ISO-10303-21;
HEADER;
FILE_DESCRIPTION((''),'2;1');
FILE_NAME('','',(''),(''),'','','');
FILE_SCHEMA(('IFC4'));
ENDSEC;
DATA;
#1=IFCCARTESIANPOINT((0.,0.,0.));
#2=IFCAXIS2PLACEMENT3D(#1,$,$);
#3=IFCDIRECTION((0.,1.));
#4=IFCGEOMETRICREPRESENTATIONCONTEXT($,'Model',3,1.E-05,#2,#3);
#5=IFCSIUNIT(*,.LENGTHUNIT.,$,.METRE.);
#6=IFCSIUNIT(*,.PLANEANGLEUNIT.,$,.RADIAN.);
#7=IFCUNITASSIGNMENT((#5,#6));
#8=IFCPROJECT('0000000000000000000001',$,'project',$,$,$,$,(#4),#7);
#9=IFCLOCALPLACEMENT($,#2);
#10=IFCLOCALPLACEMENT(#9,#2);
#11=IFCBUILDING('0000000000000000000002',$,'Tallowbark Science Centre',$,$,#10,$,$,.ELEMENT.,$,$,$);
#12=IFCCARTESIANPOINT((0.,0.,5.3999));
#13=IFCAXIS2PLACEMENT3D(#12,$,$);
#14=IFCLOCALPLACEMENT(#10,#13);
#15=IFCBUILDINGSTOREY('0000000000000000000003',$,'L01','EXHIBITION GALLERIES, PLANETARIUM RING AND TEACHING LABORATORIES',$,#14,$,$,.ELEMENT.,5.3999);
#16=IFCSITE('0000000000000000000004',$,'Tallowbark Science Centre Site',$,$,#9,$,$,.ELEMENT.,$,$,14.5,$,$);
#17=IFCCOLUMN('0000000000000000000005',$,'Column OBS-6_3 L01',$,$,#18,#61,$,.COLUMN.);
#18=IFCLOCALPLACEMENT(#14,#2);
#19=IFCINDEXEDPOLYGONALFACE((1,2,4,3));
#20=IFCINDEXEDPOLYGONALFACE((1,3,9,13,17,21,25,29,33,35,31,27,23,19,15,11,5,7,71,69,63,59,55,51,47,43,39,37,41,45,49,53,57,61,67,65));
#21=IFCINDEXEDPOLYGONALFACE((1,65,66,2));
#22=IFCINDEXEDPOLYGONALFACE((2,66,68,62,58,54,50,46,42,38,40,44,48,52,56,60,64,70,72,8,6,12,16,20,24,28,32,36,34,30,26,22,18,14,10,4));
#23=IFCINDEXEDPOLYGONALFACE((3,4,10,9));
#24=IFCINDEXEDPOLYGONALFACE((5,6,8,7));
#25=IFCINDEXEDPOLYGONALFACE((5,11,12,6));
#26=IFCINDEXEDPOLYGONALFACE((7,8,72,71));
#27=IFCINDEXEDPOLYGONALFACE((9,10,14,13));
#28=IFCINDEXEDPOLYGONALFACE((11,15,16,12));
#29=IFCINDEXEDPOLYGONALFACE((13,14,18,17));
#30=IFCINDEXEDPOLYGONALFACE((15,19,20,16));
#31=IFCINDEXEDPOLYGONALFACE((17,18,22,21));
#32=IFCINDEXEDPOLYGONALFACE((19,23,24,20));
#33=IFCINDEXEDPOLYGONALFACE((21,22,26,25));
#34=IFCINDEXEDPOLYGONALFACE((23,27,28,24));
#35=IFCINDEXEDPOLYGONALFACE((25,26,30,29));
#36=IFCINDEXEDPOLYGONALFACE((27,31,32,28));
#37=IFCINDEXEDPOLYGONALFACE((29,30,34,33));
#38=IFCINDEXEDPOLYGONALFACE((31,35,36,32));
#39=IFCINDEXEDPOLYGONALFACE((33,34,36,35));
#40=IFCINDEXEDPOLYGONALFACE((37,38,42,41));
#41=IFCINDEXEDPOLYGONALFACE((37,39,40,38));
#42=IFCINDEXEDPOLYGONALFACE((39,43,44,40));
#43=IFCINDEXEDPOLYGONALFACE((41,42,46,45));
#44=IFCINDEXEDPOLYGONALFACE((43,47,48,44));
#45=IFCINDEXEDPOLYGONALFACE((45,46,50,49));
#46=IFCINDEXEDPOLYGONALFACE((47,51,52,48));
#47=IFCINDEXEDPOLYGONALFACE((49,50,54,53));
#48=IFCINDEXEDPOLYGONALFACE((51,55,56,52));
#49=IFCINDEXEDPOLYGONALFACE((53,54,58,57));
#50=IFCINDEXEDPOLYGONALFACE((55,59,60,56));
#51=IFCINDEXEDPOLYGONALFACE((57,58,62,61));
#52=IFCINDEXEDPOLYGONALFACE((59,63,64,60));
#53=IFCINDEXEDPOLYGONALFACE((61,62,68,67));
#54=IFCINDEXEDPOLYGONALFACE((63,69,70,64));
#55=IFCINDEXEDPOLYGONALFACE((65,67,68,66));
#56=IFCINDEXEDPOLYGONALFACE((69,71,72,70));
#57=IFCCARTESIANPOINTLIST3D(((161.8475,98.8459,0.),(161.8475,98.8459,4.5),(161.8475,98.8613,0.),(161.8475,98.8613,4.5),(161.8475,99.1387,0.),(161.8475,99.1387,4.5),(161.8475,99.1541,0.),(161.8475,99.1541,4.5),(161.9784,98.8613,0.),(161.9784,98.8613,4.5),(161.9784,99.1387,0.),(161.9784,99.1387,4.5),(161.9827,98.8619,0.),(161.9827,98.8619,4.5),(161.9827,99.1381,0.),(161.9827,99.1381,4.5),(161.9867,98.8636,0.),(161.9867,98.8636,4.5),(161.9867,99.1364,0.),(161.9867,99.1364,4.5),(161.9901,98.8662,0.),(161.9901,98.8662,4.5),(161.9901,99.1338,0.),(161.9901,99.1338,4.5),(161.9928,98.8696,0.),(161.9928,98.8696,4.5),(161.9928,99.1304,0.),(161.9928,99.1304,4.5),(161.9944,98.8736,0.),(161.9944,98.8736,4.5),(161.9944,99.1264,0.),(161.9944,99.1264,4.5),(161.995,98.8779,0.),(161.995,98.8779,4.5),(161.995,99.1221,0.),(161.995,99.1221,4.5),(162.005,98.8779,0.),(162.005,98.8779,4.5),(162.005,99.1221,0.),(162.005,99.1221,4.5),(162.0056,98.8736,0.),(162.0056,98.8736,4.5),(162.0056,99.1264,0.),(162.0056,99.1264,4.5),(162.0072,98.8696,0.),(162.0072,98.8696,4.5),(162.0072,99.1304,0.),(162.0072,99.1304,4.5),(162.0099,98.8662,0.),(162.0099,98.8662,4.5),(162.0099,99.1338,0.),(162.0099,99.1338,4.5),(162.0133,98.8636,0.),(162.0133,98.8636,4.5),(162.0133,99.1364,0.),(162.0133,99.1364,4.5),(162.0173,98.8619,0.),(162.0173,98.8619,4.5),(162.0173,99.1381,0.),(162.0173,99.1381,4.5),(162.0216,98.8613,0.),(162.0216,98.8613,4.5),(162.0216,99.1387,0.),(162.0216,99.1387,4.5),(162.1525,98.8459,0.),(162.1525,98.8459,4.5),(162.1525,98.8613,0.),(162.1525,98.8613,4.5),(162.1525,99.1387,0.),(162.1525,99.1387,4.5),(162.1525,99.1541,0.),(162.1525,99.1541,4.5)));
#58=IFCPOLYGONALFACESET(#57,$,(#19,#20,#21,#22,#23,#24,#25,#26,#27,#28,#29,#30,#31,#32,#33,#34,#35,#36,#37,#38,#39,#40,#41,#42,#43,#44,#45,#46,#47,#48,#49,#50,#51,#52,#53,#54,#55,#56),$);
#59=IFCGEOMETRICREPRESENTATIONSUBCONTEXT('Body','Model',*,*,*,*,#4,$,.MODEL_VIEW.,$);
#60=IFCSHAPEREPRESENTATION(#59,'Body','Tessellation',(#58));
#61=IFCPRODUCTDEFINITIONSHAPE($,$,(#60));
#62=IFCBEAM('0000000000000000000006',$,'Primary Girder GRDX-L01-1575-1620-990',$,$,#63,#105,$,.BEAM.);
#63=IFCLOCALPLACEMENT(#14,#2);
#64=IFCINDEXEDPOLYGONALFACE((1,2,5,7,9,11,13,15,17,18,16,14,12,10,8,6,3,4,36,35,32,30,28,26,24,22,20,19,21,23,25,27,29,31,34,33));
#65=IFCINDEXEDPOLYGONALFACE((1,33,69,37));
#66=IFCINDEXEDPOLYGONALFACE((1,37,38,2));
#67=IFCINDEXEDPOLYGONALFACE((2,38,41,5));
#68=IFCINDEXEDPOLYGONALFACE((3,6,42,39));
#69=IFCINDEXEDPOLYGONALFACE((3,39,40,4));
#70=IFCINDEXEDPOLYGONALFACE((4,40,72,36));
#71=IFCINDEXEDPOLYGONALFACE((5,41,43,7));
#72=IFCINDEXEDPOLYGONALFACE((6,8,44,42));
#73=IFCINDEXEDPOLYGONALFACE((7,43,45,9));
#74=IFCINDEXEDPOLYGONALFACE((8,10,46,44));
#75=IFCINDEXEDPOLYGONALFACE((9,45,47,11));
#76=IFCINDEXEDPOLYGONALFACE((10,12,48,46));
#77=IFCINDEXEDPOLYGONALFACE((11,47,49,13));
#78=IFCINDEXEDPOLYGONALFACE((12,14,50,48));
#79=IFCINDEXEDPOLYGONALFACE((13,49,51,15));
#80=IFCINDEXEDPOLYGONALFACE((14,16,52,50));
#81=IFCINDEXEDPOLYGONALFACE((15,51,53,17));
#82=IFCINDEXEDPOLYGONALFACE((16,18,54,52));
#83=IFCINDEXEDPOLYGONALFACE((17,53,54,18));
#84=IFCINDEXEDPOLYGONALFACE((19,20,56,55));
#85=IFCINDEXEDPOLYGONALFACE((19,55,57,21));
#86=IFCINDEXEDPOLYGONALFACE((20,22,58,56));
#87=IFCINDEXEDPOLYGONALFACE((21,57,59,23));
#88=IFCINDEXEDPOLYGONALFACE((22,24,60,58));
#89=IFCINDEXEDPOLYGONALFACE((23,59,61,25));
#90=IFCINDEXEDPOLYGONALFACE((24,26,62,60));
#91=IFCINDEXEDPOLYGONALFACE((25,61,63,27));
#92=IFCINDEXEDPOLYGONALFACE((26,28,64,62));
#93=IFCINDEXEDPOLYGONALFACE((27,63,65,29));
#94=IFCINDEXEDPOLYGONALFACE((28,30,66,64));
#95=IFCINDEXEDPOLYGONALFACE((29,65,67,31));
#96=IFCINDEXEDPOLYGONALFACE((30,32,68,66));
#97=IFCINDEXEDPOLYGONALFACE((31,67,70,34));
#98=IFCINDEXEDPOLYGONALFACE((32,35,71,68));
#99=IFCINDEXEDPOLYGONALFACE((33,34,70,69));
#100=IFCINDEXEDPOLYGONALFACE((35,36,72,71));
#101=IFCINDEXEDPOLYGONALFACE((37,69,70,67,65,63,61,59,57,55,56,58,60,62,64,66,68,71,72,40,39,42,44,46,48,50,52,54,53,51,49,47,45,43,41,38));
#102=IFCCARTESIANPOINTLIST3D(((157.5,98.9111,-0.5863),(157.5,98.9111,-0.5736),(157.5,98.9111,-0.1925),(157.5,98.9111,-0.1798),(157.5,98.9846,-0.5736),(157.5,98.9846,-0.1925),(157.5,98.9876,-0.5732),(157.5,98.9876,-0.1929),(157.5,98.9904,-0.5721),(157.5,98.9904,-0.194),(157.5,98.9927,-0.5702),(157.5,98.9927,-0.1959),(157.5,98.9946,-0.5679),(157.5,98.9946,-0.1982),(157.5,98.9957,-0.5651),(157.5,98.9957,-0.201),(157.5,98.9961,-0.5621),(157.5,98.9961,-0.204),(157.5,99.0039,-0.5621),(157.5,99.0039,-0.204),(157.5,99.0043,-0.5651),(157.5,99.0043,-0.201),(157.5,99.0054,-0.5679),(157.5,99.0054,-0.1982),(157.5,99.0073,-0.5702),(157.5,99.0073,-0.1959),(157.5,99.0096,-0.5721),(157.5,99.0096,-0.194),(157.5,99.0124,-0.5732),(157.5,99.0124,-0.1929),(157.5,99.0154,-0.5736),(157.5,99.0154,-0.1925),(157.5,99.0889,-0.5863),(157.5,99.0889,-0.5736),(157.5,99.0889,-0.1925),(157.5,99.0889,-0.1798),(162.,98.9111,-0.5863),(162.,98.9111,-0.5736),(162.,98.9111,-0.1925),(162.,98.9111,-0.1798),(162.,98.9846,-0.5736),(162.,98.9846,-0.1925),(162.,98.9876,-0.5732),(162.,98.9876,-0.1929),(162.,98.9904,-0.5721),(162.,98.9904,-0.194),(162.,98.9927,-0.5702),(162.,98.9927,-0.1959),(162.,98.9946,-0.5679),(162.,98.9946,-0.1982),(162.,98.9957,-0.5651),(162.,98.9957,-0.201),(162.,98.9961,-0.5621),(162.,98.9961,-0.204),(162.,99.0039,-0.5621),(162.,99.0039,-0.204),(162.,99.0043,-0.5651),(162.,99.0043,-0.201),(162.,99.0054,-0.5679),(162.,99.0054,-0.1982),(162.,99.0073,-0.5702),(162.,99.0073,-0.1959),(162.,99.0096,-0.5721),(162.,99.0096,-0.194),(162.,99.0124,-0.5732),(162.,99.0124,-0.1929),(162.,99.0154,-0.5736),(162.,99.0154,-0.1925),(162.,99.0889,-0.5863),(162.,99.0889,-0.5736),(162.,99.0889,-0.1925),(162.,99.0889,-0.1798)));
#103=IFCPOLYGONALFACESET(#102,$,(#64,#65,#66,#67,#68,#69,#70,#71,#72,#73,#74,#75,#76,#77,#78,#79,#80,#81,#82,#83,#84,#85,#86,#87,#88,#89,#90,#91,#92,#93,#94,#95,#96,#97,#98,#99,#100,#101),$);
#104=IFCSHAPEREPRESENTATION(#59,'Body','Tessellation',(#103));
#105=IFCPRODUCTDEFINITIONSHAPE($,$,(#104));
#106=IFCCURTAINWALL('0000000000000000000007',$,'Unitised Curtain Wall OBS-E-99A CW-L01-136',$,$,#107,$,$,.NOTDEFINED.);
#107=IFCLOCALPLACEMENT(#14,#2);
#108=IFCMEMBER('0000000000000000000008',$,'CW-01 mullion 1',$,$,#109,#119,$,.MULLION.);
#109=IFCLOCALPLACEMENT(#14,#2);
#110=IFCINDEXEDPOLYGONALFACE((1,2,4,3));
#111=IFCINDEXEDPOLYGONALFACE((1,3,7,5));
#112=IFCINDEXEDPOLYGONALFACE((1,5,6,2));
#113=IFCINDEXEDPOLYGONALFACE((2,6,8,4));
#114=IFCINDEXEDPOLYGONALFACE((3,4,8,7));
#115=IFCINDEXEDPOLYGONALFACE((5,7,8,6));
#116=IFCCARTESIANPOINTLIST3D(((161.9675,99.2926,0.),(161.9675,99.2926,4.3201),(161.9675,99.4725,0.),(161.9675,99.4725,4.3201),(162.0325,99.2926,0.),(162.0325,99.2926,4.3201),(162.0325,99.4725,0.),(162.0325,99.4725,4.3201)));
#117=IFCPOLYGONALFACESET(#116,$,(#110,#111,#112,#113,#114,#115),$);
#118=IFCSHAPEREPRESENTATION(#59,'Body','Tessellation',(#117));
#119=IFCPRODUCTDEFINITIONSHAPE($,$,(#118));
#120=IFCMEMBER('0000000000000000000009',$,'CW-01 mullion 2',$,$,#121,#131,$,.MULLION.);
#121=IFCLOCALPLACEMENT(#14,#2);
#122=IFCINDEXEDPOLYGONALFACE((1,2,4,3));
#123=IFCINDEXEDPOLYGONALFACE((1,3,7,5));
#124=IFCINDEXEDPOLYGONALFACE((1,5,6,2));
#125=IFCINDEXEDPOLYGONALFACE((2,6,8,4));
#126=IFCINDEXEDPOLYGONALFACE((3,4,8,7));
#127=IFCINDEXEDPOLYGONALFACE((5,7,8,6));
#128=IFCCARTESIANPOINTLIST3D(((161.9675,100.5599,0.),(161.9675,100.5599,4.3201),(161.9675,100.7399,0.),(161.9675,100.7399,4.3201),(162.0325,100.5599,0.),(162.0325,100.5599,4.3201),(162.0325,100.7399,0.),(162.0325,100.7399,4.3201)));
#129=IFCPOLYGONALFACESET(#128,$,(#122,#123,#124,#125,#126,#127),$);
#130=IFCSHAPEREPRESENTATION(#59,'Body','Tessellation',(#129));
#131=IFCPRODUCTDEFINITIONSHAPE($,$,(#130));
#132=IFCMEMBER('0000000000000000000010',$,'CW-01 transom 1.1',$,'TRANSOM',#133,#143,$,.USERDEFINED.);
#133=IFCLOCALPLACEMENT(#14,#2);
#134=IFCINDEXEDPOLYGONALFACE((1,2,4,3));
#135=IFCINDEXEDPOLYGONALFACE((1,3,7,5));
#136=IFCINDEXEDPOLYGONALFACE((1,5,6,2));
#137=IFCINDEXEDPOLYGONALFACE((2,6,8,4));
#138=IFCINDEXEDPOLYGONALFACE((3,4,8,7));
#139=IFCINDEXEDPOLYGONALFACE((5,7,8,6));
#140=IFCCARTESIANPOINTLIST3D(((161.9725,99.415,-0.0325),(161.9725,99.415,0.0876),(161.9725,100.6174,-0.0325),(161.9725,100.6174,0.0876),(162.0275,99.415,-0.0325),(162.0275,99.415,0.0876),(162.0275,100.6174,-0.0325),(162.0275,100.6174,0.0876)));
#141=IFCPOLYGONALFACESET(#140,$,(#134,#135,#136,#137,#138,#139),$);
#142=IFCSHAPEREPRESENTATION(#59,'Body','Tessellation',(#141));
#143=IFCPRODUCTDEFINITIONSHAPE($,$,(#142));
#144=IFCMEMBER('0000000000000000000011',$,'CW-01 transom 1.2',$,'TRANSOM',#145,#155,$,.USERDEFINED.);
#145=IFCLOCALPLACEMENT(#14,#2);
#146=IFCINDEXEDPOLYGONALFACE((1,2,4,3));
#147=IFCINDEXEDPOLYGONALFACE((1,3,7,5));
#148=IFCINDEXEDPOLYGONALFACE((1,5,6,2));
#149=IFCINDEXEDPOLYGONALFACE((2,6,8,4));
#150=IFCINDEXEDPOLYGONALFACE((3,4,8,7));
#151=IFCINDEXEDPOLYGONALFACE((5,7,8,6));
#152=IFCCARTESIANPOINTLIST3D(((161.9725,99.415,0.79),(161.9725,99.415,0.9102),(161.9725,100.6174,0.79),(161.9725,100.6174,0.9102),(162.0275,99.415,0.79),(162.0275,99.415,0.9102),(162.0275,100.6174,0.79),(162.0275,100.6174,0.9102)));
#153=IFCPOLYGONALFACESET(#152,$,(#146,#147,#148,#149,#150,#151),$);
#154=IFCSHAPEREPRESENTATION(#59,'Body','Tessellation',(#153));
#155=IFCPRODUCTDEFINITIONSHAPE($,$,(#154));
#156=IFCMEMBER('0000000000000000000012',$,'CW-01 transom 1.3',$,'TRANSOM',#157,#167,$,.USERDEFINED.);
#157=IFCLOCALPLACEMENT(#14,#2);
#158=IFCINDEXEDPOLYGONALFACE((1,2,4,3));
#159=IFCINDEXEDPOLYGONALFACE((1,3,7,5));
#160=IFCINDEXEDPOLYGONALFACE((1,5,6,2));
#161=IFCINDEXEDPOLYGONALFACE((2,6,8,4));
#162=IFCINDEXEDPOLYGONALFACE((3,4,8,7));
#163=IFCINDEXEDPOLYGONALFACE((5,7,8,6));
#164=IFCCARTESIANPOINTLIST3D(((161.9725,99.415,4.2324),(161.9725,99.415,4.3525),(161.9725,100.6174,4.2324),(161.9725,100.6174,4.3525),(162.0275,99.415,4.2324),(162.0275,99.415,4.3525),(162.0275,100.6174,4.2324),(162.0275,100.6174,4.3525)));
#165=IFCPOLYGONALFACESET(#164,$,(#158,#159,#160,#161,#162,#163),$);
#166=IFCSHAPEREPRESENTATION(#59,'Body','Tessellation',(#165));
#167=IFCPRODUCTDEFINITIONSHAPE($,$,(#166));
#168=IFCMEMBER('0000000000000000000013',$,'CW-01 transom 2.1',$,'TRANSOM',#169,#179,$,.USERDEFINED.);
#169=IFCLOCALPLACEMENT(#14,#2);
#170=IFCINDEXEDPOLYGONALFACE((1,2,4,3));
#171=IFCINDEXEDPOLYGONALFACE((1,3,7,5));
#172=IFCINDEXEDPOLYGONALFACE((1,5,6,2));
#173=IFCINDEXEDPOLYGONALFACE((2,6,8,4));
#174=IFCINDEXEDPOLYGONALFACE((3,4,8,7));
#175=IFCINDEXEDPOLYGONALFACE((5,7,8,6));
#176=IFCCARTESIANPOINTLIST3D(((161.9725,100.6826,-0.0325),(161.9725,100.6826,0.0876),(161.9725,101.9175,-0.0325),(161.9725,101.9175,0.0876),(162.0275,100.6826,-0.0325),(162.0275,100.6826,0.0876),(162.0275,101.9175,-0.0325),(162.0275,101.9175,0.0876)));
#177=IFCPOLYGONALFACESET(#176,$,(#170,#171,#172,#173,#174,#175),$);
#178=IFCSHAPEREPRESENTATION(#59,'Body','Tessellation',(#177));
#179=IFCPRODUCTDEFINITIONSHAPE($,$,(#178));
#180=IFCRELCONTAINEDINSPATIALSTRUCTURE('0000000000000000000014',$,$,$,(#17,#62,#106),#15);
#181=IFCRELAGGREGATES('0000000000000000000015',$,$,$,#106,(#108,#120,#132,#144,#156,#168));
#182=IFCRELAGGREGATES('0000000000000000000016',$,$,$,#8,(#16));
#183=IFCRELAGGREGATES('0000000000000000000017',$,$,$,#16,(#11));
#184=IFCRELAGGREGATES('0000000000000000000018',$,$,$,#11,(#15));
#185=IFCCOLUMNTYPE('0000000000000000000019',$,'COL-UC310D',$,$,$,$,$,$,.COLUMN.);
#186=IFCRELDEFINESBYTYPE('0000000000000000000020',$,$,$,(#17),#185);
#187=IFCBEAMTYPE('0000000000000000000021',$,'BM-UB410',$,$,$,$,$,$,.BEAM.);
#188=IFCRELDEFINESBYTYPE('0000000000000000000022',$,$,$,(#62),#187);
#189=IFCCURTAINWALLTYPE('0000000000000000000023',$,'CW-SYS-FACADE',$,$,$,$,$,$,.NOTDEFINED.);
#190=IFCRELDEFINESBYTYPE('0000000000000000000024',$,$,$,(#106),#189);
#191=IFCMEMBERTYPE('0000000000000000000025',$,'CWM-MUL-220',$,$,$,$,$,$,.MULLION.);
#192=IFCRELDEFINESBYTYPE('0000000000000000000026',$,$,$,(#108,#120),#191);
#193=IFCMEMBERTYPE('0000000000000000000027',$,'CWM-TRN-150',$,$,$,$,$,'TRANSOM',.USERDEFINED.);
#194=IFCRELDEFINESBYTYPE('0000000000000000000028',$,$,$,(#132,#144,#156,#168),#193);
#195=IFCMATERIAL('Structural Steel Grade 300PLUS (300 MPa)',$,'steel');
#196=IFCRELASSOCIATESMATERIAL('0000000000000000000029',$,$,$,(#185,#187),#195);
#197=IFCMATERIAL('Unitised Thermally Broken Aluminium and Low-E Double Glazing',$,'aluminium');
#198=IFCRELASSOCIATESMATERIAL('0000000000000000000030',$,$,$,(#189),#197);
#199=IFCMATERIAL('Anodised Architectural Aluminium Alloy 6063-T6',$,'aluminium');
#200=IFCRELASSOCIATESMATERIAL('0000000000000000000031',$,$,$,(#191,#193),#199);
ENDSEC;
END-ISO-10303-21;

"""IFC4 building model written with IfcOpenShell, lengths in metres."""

from ifc_helpers import new_model, si_unit, direction, frame, origin, origin_2d, place, context, subcontext, project, spatial, rectangle, i_section, extrude, material, material_profile, profile_set, type_object, element, aggregate, save


model = new_model("IFC4")

# Units and contexts
model_context = context("Model", 3, precision=1e-05, world=origin(), true_north=direction((0.0, 1.0)))
body_context = subcontext(model_context, "Body", "Model", "MODEL_VIEW")
ifc_project = project(units=[si_unit("LENGTHUNIT", "METRE"), si_unit("PLANEANGLEUNIT", "RADIAN")], contexts=[model_context])

# Site, building, storey
site_placement = place(None, origin())
site = spatial("IfcSite", under=ifc_project, at=site_placement, Name="Tallowbark Science Centre Site", CompositionType="ELEMENT", RefElevation=14.5)
building_placement = place(site_placement, origin())
building = spatial("IfcBuilding", under=site, at=building_placement, Name="Tallowbark Science Centre", CompositionType="ELEMENT")
storey_placement = place(building_placement, frame((0.0, 0.0, 5.3999)))
storey = spatial("IfcBuildingStorey", under=building, at=storey_placement, Name="L01", Description="EXHIBITION GALLERIES, PLANETARIUM RING AND TEACHING LABORATORIES", CompositionType="ELEMENT", Elevation=5.3999)

# Column
ifc_material_1 = material(Name="Structural Steel Grade 300PLUS (300 MPa)", Category="steel")
ifc_material_profile_1 = material_profile(ifc_material_1, i_section(OverallWidth=0.3049, OverallDepth=0.3081, WebThickness=0.01, FlangeThickness=0.0154, FilletRadius=0.0166, at=origin_2d()), Name="310UC96.8")
ifc_profile_set_1 = profile_set([ifc_material_profile_1], Name="Structural Steel Grade 300PLUS (300 MPa)")
column_type = type_object("IfcColumnType", Name="COL-UC310D", PredefinedType="COLUMN", material=ifc_profile_set_1)
column_placement = place(storey_placement, frame((162.0, 99.0, 0.0), z_axis=(0.0, 0.0, 1.0), x_axis=(1.0, 0.0, 0.0)))
element("IfcColumn", 1, at=column_placement, inside=storey, type_object=column_type, Name="Column OBS-6_3 L01", PredefinedType="COLUMN", context=body_context, shape_type="SweptSolid", body=[
    extrude(i_section(OverallWidth=0.3049, OverallDepth=0.3081, WebThickness=0.01, FlangeThickness=0.0154, FilletRadius=0.0166, at=origin_2d()), origin(), (0.0, 0.0, 1.0), 4.5),
])

# Beam
ifc_material_profile_2 = material_profile(ifc_material_1, i_section(OverallWidth=0.1777, OverallDepth=0.4065, WebThickness=0.0078, FlangeThickness=0.0127, FilletRadius=0.0115, at=origin_2d()), Name="410UB59.7")
ifc_profile_set_2 = profile_set([ifc_material_profile_2], Name="Structural Steel Grade 300PLUS (300 MPa)")
beam_type_1 = type_object("IfcBeamType", Name="BM-UB410", PredefinedType="BEAM", material=ifc_profile_set_2)
beam_placement = place(storey_placement, frame((157.5, 99.0, -0.3831), z_axis=(1.0, 0.0, 0.0), x_axis=(0.0, 1.0, 0.0)))
element("IfcBeam", 2, at=beam_placement, inside=storey, type_object=beam_type_1, Name="Primary Girder GRDX-L01-1575-1620-990", PredefinedType="BEAM", context=body_context, shape_type="SweptSolid", body=[
    extrude(i_section(OverallWidth=0.1777, OverallDepth=0.4065, WebThickness=0.0078, FlangeThickness=0.0127, FilletRadius=0.0115, at=origin_2d()), origin(), (0.0, 0.0, 1.0), 4.5),
])

# Curtain wall, members
ifc_material_2 = material(Name="Unitised Thermally Broken Aluminium and Low-E Double Glazing", Category="aluminium")
curtain_wall_type = type_object("IfcCurtainWallType", Name="CW-SYS-FACADE", PredefinedType="NOTDEFINED", material=ifc_material_2)
curtain_wall_placement = place(storey_placement, origin())
curtain_wall = element("IfcCurtainWall", 3, at=curtain_wall_placement, inside=storey, type_object=curtain_wall_type, Name="Unitised Curtain Wall OBS-E-99A CW-L01-136", PredefinedType="NOTDEFINED")
ifc_material_3 = material(Name="Anodised Architectural Aluminium Alloy 6063-T6", Category="aluminium")
ifc_material_profile_3 = material_profile(ifc_material_3, rectangle(XDim=0.0649, YDim=0.1799, at=origin_2d()), Name="ALU65x180")
ifc_profile_set_3 = profile_set([ifc_material_profile_3], Name="Anodised Architectural Aluminium Alloy 6063-T6")
member_type_1 = type_object("IfcMemberType", Name="CWM-MUL-220", PredefinedType="MULLION", material=ifc_profile_set_3)
member_1_placement = place(storey_placement, frame((162.0, 99.3826, 0.0), z_axis=(0.0, 0.0, 1.0), x_axis=(-1.0, 0.0, 0.0)))
member_1 = element("IfcMember", 4, at=member_1_placement, type_object=member_type_1, Name="CW-01 mullion 1", PredefinedType="MULLION", context=body_context, shape_type="SweptSolid", body=[
    extrude(rectangle(XDim=0.0649, YDim=0.1799, at=origin_2d()), origin(), (0.0, 0.0, 1.0), 4.3201),
])
member_2_placement = place(storey_placement, frame((162.0, 100.6499, 0.0), z_axis=(0.0, 0.0, 1.0), x_axis=(-1.0, 0.0, 0.0)))
member_2 = element("IfcMember", 5, at=member_2_placement, type_object=member_type_1, Name="CW-01 mullion 2", PredefinedType="MULLION", context=body_context, shape_type="SweptSolid", body=[
    extrude(rectangle(XDim=0.0649, YDim=0.1799, at=origin_2d()), origin(), (0.0, 0.0, 1.0), 4.3201),
])
ifc_material_profile_4 = material_profile(ifc_material_3, rectangle(XDim=0.0549, YDim=0.1201, at=origin_2d()), Name="ALU55x120")
ifc_profile_set_4 = profile_set([ifc_material_profile_4], Name="Anodised Architectural Aluminium Alloy 6063-T6")
member_type_2 = type_object("IfcMemberType", Name="CWM-TRN-150", ElementType="TRANSOM", PredefinedType="USERDEFINED", material=ifc_profile_set_4)
member_3_placement = place(storey_placement, frame((162.0, 99.415, 0.0276), z_axis=(0.0, 1.0, 0.0), x_axis=(-1.0, 0.0, 0.0)))
member_3 = element("IfcMember", 6, at=member_3_placement, type_object=member_type_2, Name="CW-01 transom 1.1", ObjectType="TRANSOM", PredefinedType="USERDEFINED", context=body_context, shape_type="SweptSolid", body=[
    extrude(rectangle(XDim=0.0549, YDim=0.1201, at=origin_2d()), origin(), (0.0, 0.0, 1.0), 1.2024),
])
member_4_placement = place(storey_placement, frame((162.0, 99.415, 0.8501), z_axis=(0.0, 1.0, 0.0), x_axis=(-1.0, 0.0, 0.0)))
member_4 = element("IfcMember", 7, at=member_4_placement, type_object=member_type_2, Name="CW-01 transom 1.2", ObjectType="TRANSOM", PredefinedType="USERDEFINED", context=body_context, shape_type="SweptSolid", body=[
    extrude(rectangle(XDim=0.0549, YDim=0.1201, at=origin_2d()), origin(), (0.0, 0.0, 1.0), 1.2024),
])
member_5_placement = place(storey_placement, frame((162.0, 99.415, 4.2925), z_axis=(0.0, 1.0, 0.0), x_axis=(-1.0, 0.0, 0.0)))
member_5 = element("IfcMember", 8, at=member_5_placement, type_object=member_type_2, Name="CW-01 transom 1.3", ObjectType="TRANSOM", PredefinedType="USERDEFINED", context=body_context, shape_type="SweptSolid", body=[
    extrude(rectangle(XDim=0.0549, YDim=0.1201, at=origin_2d()), origin(), (0.0, 0.0, 1.0), 1.2024),
])
member_6_placement = place(storey_placement, frame((162.0, 100.6826, 0.0276), z_axis=(0.0, 1.0, 0.0), x_axis=(-1.0, 0.0, 0.0)))
member_6 = element("IfcMember", 9, at=member_6_placement, type_object=member_type_2, Name="CW-01 transom 2.1", ObjectType="TRANSOM", PredefinedType="USERDEFINED", context=body_context, shape_type="SweptSolid", body=[
    extrude(rectangle(XDim=0.0549, YDim=0.1201, at=origin_2d()), origin(), (0.0, 0.0, 1.0), 1.2349),
])

aggregate(curtain_wall, [member_1, member_2, member_3, member_4, member_5, member_6])

save(model, "model.ifc")
